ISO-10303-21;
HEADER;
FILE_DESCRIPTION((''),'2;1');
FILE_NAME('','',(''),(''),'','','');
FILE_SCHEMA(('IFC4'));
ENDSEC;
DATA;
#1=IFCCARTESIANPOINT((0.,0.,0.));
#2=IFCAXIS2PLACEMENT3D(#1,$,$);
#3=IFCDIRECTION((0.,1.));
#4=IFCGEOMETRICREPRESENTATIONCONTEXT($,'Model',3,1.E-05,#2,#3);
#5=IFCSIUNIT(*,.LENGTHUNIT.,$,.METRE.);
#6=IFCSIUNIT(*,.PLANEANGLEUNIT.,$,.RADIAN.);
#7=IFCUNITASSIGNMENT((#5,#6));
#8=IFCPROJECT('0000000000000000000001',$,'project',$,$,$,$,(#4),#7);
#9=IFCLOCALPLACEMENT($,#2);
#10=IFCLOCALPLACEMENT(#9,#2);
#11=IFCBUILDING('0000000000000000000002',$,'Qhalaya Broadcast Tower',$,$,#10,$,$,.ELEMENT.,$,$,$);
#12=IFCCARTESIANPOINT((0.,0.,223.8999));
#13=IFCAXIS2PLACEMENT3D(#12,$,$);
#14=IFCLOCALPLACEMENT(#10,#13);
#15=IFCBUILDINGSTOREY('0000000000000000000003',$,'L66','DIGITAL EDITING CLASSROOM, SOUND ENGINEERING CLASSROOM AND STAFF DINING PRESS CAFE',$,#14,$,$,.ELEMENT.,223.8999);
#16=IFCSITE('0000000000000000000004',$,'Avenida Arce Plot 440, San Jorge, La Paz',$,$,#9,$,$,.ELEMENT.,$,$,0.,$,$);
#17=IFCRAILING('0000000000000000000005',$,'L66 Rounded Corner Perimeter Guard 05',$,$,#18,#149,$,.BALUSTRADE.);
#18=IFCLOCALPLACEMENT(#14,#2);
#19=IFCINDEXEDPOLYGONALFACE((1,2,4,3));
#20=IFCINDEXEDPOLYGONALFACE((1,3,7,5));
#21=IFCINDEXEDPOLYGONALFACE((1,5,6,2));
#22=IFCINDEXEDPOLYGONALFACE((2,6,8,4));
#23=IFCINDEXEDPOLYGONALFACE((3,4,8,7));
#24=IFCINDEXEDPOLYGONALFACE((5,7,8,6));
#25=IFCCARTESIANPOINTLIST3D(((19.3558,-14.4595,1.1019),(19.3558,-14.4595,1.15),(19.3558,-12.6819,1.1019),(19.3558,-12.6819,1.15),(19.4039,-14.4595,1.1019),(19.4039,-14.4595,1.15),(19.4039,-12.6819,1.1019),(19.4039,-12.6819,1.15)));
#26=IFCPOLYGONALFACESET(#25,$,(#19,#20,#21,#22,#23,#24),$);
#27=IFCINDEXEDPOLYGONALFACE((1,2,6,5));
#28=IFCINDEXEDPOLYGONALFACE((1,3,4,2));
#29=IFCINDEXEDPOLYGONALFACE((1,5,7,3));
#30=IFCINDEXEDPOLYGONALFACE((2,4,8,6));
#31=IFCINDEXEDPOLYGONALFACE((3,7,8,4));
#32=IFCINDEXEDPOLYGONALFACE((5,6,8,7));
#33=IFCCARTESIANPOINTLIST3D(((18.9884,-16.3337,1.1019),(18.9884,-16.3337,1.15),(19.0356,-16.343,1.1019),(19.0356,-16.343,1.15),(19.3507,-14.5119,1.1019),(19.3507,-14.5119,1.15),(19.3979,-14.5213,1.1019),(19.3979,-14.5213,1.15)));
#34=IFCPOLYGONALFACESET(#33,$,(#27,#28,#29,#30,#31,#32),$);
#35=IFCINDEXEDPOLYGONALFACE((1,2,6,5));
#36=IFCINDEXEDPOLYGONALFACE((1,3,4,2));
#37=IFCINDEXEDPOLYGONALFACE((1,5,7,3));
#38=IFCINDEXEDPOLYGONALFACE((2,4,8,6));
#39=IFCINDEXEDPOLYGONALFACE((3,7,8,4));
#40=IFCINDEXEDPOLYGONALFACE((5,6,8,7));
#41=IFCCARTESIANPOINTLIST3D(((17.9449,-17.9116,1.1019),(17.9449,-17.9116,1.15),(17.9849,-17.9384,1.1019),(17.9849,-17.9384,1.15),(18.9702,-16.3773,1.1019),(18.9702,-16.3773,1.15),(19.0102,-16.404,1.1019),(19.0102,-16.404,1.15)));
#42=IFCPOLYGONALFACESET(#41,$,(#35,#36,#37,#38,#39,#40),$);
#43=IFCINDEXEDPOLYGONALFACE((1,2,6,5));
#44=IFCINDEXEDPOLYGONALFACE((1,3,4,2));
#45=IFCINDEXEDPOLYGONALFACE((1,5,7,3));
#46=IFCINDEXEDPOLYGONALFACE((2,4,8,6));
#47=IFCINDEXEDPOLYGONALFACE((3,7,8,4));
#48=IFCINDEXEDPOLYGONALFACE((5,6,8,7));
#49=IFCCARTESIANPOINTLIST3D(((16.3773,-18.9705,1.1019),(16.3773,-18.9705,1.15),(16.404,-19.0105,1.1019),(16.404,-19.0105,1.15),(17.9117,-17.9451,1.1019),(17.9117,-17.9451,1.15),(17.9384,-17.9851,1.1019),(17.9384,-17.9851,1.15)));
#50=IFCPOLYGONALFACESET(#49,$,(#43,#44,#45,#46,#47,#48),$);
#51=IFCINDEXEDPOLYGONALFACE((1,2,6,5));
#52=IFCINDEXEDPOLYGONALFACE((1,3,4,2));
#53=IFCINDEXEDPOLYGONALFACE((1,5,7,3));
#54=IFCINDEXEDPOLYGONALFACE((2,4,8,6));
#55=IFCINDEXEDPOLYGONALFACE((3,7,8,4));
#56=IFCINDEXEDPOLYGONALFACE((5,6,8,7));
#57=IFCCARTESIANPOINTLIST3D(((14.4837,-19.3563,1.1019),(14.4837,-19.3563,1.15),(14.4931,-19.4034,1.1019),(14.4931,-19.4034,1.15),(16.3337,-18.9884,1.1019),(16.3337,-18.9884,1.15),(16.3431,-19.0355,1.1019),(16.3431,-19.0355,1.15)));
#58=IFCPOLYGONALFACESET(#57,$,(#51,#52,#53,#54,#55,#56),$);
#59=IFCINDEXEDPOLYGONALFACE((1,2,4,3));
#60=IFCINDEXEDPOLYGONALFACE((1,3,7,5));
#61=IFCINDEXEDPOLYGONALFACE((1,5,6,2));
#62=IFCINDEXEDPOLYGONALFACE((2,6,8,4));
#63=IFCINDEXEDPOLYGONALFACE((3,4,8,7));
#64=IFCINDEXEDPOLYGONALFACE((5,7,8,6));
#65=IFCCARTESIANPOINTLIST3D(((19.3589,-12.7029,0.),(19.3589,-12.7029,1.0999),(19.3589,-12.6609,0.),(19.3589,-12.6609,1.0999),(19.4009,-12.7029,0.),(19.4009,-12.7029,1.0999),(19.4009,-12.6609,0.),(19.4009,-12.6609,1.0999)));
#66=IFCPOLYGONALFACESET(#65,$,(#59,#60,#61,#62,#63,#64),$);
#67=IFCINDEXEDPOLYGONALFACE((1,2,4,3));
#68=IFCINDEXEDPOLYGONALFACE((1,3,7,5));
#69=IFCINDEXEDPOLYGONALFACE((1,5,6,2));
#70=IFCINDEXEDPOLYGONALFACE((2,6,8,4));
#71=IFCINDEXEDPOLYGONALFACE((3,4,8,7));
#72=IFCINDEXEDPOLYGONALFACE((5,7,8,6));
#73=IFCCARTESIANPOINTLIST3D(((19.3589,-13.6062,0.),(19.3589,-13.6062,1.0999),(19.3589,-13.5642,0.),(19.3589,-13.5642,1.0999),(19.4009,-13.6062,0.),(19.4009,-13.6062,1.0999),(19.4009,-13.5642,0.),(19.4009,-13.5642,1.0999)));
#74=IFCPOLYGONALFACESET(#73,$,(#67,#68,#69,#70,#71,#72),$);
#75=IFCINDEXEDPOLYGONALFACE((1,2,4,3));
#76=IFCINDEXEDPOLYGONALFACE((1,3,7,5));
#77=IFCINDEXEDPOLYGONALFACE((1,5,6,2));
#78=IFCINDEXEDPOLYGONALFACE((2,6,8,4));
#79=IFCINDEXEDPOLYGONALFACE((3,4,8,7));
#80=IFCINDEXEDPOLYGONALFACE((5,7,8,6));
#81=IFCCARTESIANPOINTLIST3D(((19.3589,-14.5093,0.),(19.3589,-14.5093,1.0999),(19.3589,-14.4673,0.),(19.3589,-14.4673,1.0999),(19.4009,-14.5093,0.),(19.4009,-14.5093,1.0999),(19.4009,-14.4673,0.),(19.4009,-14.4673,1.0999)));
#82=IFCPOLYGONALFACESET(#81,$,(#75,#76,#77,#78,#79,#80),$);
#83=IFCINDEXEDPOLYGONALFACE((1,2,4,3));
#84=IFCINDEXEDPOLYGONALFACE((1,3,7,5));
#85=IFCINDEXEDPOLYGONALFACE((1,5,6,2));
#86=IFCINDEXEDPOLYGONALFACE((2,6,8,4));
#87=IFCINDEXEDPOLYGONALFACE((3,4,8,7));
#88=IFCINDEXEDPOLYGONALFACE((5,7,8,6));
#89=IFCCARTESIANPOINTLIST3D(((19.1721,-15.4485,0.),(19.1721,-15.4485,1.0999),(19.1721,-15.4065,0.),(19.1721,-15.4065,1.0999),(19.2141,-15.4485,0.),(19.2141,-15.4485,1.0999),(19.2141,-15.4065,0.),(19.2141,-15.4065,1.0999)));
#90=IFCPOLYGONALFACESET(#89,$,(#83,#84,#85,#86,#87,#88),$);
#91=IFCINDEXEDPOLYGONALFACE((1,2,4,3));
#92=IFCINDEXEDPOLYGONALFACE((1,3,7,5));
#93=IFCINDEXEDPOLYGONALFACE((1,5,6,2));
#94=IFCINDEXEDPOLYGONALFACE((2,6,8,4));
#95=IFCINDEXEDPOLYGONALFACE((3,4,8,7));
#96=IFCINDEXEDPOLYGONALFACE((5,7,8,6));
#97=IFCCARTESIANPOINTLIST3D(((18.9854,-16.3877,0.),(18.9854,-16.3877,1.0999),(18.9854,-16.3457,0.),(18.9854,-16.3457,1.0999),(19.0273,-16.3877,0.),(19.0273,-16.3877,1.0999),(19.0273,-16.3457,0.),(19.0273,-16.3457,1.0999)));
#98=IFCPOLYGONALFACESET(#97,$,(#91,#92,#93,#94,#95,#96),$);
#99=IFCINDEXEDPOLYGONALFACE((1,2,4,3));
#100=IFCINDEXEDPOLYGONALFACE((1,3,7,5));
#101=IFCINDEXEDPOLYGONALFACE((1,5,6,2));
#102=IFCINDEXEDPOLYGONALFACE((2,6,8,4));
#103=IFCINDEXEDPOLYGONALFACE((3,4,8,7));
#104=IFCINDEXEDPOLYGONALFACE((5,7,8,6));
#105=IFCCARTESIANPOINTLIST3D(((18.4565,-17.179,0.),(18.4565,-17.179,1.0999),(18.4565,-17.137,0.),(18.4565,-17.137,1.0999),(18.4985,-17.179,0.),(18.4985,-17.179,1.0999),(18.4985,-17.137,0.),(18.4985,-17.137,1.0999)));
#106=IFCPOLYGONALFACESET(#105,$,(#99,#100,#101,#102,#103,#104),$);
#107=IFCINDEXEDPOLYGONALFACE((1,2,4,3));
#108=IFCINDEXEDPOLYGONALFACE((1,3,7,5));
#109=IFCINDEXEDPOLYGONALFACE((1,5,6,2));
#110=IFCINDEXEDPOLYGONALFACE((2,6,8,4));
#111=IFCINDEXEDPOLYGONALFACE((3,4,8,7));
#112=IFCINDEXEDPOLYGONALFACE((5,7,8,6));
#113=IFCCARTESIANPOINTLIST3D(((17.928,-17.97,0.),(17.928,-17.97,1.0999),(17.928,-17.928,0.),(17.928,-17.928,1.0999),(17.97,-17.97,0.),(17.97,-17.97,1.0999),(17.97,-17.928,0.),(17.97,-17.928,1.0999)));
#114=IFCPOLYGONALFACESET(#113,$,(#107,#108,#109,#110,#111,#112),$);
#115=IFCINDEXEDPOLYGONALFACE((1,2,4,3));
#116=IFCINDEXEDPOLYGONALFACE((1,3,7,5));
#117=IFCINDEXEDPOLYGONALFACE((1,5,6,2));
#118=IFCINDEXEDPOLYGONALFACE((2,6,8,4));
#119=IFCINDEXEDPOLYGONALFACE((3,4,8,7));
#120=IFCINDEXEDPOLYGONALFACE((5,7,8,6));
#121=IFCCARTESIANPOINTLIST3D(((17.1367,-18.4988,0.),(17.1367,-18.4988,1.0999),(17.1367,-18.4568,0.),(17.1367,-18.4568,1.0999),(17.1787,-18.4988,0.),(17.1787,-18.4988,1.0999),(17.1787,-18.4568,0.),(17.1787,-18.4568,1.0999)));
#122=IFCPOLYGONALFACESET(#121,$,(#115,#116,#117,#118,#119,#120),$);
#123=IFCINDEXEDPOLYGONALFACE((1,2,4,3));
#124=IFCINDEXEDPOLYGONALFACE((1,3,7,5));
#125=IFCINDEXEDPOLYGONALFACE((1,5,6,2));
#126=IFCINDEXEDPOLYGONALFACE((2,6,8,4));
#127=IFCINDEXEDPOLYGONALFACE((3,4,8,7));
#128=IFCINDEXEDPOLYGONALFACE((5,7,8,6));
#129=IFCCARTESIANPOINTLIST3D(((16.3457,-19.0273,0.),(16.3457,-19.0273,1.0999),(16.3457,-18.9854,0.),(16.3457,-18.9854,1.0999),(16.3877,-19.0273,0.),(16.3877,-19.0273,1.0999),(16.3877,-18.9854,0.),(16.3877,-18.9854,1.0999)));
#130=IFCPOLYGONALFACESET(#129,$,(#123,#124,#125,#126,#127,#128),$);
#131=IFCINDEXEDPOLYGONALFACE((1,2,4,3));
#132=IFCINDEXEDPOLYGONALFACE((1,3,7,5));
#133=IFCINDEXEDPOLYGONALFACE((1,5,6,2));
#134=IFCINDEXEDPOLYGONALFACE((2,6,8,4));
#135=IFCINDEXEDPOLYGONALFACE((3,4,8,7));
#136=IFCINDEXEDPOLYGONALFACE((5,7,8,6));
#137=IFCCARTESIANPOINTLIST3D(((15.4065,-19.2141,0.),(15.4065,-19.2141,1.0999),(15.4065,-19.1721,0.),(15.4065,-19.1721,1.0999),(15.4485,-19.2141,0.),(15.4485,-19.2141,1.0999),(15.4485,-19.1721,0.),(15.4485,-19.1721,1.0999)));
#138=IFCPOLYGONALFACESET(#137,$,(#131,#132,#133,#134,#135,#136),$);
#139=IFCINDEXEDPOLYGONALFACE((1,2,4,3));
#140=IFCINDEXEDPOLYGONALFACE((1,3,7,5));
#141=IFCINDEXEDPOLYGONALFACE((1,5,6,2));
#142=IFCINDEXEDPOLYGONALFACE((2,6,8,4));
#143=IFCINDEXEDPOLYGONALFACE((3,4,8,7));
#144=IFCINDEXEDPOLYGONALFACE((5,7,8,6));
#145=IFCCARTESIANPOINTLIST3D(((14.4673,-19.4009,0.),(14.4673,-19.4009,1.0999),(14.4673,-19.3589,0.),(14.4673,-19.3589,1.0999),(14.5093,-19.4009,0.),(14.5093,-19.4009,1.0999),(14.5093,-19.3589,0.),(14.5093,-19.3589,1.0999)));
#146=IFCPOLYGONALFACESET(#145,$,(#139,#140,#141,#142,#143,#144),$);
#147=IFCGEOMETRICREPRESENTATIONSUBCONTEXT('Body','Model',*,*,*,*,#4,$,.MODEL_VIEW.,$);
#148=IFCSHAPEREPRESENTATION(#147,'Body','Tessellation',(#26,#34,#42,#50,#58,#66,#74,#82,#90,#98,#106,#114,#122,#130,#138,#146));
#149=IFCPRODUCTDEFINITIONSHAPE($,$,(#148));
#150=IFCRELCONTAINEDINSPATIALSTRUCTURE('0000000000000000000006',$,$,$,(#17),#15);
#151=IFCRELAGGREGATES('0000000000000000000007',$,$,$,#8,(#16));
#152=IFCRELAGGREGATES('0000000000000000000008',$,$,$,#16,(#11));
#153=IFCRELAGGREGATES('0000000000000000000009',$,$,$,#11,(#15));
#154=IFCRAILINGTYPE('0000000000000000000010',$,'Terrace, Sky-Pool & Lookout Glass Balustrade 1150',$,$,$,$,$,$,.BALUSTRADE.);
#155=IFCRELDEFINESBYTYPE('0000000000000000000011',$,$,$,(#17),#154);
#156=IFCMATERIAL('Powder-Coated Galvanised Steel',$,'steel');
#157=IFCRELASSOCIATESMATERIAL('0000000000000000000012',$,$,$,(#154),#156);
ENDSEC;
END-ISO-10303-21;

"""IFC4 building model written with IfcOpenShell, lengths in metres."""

from ifc_helpers import new_model, si_unit, direction, frame, origin, origin_2d, place, context, subcontext, project, spatial, rectangle, extrude, material, type_object, element, save


model = new_model("IFC4")

# Units and contexts
model_context = context("Model", 3, precision=1e-05, world=origin(), true_north=direction((0.0, 1.0)))
body_context = subcontext(model_context, "Body", "Model", "MODEL_VIEW")
ifc_project = project(units=[si_unit("LENGTHUNIT", "METRE"), si_unit("PLANEANGLEUNIT", "RADIAN")], contexts=[model_context])

# Site, building, storey
site_placement = place(None, origin())
site = spatial("IfcSite", under=ifc_project, at=site_placement, Name="Avenida Arce Plot 440, San Jorge, La Paz", CompositionType="ELEMENT", RefElevation=0.0)
building_placement = place(site_placement, origin())
building = spatial("IfcBuilding", under=site, at=building_placement, Name="Qhalaya Broadcast Tower", CompositionType="ELEMENT")
storey_placement = place(building_placement, frame((0.0, 0.0, 223.8999)))
storey = spatial("IfcBuildingStorey", under=building, at=storey_placement, Name="L66", Description="DIGITAL EDITING CLASSROOM, SOUND ENGINEERING CLASSROOM AND STAFF DINING PRESS CAFE", CompositionType="ELEMENT", Elevation=223.8999)

# Railing
ifc_material_1 = material(Name="Powder-Coated Galvanised Steel", Category="steel")
railing_type = type_object("IfcRailingType", Name="Terrace, Sky-Pool & Lookout Glass Balustrade 1150", PredefinedType="BALUSTRADE", material=ifc_material_1)
railing_1_placement = place(storey_placement, frame((19.3799, -12.6819, 0.0)))
element("IfcRailing", 1, at=railing_1_placement, inside=storey, type_object=railing_type, Name="L66 Rounded Corner Perimeter Guard 05", PredefinedType="BALUSTRADE", context=body_context, shape_type="SweptSolid", body=[
    extrude(rectangle(XDim=0.0481, YDim=0.0481, at=origin_2d()), frame((0.0, 0.0, 1.126), z_axis=(0.0, -1.0, 0.0), x_axis=(1.0, 0.0, 0.0)), (0.0, 0.0, 1.0), 1.7776),
    extrude(rectangle(XDim=0.0481, YDim=0.0481, at=origin_2d()), frame((-0.0056, -1.8347, 1.126), z_axis=(-0.195037, -0.980796, 0.0), x_axis=(0.980796, -0.195037, 0.0)), (0.0, 0.0, 1.0), 1.8574),
    extrude(rectangle(XDim=0.0481, YDim=0.0481, at=origin_2d()), frame((-0.3896, -3.7087, 1.126), z_axis=(-0.555618, -0.831438, 0.0), x_axis=(0.831438, -0.555618, 0.0)), (0.0, 0.0, 1.0), 1.8455),
    extrude(rectangle(XDim=0.0481, YDim=0.0481, at=origin_2d()), frame((-1.4548, -5.2832, 1.126), z_axis=(-0.831438, -0.555618, 0.0), x_axis=(0.555618, -0.831438, 0.0)), (0.0, 0.0, 1.0), 1.8455),
    extrude(rectangle(XDim=0.0481, YDim=0.0481, at=origin_2d()), frame((-3.0415, -6.3301, 1.126), z_axis=(-0.980796, -0.195037, 0.0), x_axis=(0.195037, -0.980796, 0.0)), (0.0, 0.0, 1.0), 1.8862),
    extrude(rectangle(XDim=0.042, YDim=0.042, at=origin_2d()), origin(), (0.0, 0.0, 1.0), 1.0999),
    extrude(rectangle(XDim=0.042, YDim=0.042, at=origin_2d()), frame((0.0, -0.9033, 0.0)), (0.0, 0.0, 1.0), 1.0999),
    extrude(rectangle(XDim=0.042, YDim=0.042, at=origin_2d()), frame((0.0, -1.8064, 0.0)), (0.0, 0.0, 1.0), 1.0999),
    extrude(rectangle(XDim=0.042, YDim=0.042, at=origin_2d()), frame((-0.1868, -2.7456, 0.0)), (0.0, 0.0, 1.0), 1.0999),
    extrude(rectangle(XDim=0.042, YDim=0.042, at=origin_2d()), frame((-0.3735, -3.6848, 0.0)), (0.0, 0.0, 1.0), 1.0999),
    extrude(rectangle(XDim=0.042, YDim=0.042, at=origin_2d()), frame((-0.9023, -4.4761, 0.0)), (0.0, 0.0, 1.0), 1.0999),
    extrude(rectangle(XDim=0.042, YDim=0.042, at=origin_2d()), frame((-1.4309, -5.2671, 0.0)), (0.0, 0.0, 1.0), 1.0999),
    extrude(rectangle(XDim=0.042, YDim=0.042, at=origin_2d()), frame((-2.2222, -5.7959, 0.0)), (0.0, 0.0, 1.0), 1.0999),
    extrude(rectangle(XDim=0.042, YDim=0.042, at=origin_2d()), frame((-3.0132, -6.3245, 0.0)), (0.0, 0.0, 1.0), 1.0999),
    extrude(rectangle(XDim=0.042, YDim=0.042, at=origin_2d()), frame((-3.9524, -6.5112, 0.0)), (0.0, 0.0, 1.0), 1.0999),
    extrude(rectangle(XDim=0.042, YDim=0.042, at=origin_2d()), frame((-4.8916, -6.698, 0.0)), (0.0, 0.0, 1.0), 1.0999),
])

save(model, "model.ifc")
